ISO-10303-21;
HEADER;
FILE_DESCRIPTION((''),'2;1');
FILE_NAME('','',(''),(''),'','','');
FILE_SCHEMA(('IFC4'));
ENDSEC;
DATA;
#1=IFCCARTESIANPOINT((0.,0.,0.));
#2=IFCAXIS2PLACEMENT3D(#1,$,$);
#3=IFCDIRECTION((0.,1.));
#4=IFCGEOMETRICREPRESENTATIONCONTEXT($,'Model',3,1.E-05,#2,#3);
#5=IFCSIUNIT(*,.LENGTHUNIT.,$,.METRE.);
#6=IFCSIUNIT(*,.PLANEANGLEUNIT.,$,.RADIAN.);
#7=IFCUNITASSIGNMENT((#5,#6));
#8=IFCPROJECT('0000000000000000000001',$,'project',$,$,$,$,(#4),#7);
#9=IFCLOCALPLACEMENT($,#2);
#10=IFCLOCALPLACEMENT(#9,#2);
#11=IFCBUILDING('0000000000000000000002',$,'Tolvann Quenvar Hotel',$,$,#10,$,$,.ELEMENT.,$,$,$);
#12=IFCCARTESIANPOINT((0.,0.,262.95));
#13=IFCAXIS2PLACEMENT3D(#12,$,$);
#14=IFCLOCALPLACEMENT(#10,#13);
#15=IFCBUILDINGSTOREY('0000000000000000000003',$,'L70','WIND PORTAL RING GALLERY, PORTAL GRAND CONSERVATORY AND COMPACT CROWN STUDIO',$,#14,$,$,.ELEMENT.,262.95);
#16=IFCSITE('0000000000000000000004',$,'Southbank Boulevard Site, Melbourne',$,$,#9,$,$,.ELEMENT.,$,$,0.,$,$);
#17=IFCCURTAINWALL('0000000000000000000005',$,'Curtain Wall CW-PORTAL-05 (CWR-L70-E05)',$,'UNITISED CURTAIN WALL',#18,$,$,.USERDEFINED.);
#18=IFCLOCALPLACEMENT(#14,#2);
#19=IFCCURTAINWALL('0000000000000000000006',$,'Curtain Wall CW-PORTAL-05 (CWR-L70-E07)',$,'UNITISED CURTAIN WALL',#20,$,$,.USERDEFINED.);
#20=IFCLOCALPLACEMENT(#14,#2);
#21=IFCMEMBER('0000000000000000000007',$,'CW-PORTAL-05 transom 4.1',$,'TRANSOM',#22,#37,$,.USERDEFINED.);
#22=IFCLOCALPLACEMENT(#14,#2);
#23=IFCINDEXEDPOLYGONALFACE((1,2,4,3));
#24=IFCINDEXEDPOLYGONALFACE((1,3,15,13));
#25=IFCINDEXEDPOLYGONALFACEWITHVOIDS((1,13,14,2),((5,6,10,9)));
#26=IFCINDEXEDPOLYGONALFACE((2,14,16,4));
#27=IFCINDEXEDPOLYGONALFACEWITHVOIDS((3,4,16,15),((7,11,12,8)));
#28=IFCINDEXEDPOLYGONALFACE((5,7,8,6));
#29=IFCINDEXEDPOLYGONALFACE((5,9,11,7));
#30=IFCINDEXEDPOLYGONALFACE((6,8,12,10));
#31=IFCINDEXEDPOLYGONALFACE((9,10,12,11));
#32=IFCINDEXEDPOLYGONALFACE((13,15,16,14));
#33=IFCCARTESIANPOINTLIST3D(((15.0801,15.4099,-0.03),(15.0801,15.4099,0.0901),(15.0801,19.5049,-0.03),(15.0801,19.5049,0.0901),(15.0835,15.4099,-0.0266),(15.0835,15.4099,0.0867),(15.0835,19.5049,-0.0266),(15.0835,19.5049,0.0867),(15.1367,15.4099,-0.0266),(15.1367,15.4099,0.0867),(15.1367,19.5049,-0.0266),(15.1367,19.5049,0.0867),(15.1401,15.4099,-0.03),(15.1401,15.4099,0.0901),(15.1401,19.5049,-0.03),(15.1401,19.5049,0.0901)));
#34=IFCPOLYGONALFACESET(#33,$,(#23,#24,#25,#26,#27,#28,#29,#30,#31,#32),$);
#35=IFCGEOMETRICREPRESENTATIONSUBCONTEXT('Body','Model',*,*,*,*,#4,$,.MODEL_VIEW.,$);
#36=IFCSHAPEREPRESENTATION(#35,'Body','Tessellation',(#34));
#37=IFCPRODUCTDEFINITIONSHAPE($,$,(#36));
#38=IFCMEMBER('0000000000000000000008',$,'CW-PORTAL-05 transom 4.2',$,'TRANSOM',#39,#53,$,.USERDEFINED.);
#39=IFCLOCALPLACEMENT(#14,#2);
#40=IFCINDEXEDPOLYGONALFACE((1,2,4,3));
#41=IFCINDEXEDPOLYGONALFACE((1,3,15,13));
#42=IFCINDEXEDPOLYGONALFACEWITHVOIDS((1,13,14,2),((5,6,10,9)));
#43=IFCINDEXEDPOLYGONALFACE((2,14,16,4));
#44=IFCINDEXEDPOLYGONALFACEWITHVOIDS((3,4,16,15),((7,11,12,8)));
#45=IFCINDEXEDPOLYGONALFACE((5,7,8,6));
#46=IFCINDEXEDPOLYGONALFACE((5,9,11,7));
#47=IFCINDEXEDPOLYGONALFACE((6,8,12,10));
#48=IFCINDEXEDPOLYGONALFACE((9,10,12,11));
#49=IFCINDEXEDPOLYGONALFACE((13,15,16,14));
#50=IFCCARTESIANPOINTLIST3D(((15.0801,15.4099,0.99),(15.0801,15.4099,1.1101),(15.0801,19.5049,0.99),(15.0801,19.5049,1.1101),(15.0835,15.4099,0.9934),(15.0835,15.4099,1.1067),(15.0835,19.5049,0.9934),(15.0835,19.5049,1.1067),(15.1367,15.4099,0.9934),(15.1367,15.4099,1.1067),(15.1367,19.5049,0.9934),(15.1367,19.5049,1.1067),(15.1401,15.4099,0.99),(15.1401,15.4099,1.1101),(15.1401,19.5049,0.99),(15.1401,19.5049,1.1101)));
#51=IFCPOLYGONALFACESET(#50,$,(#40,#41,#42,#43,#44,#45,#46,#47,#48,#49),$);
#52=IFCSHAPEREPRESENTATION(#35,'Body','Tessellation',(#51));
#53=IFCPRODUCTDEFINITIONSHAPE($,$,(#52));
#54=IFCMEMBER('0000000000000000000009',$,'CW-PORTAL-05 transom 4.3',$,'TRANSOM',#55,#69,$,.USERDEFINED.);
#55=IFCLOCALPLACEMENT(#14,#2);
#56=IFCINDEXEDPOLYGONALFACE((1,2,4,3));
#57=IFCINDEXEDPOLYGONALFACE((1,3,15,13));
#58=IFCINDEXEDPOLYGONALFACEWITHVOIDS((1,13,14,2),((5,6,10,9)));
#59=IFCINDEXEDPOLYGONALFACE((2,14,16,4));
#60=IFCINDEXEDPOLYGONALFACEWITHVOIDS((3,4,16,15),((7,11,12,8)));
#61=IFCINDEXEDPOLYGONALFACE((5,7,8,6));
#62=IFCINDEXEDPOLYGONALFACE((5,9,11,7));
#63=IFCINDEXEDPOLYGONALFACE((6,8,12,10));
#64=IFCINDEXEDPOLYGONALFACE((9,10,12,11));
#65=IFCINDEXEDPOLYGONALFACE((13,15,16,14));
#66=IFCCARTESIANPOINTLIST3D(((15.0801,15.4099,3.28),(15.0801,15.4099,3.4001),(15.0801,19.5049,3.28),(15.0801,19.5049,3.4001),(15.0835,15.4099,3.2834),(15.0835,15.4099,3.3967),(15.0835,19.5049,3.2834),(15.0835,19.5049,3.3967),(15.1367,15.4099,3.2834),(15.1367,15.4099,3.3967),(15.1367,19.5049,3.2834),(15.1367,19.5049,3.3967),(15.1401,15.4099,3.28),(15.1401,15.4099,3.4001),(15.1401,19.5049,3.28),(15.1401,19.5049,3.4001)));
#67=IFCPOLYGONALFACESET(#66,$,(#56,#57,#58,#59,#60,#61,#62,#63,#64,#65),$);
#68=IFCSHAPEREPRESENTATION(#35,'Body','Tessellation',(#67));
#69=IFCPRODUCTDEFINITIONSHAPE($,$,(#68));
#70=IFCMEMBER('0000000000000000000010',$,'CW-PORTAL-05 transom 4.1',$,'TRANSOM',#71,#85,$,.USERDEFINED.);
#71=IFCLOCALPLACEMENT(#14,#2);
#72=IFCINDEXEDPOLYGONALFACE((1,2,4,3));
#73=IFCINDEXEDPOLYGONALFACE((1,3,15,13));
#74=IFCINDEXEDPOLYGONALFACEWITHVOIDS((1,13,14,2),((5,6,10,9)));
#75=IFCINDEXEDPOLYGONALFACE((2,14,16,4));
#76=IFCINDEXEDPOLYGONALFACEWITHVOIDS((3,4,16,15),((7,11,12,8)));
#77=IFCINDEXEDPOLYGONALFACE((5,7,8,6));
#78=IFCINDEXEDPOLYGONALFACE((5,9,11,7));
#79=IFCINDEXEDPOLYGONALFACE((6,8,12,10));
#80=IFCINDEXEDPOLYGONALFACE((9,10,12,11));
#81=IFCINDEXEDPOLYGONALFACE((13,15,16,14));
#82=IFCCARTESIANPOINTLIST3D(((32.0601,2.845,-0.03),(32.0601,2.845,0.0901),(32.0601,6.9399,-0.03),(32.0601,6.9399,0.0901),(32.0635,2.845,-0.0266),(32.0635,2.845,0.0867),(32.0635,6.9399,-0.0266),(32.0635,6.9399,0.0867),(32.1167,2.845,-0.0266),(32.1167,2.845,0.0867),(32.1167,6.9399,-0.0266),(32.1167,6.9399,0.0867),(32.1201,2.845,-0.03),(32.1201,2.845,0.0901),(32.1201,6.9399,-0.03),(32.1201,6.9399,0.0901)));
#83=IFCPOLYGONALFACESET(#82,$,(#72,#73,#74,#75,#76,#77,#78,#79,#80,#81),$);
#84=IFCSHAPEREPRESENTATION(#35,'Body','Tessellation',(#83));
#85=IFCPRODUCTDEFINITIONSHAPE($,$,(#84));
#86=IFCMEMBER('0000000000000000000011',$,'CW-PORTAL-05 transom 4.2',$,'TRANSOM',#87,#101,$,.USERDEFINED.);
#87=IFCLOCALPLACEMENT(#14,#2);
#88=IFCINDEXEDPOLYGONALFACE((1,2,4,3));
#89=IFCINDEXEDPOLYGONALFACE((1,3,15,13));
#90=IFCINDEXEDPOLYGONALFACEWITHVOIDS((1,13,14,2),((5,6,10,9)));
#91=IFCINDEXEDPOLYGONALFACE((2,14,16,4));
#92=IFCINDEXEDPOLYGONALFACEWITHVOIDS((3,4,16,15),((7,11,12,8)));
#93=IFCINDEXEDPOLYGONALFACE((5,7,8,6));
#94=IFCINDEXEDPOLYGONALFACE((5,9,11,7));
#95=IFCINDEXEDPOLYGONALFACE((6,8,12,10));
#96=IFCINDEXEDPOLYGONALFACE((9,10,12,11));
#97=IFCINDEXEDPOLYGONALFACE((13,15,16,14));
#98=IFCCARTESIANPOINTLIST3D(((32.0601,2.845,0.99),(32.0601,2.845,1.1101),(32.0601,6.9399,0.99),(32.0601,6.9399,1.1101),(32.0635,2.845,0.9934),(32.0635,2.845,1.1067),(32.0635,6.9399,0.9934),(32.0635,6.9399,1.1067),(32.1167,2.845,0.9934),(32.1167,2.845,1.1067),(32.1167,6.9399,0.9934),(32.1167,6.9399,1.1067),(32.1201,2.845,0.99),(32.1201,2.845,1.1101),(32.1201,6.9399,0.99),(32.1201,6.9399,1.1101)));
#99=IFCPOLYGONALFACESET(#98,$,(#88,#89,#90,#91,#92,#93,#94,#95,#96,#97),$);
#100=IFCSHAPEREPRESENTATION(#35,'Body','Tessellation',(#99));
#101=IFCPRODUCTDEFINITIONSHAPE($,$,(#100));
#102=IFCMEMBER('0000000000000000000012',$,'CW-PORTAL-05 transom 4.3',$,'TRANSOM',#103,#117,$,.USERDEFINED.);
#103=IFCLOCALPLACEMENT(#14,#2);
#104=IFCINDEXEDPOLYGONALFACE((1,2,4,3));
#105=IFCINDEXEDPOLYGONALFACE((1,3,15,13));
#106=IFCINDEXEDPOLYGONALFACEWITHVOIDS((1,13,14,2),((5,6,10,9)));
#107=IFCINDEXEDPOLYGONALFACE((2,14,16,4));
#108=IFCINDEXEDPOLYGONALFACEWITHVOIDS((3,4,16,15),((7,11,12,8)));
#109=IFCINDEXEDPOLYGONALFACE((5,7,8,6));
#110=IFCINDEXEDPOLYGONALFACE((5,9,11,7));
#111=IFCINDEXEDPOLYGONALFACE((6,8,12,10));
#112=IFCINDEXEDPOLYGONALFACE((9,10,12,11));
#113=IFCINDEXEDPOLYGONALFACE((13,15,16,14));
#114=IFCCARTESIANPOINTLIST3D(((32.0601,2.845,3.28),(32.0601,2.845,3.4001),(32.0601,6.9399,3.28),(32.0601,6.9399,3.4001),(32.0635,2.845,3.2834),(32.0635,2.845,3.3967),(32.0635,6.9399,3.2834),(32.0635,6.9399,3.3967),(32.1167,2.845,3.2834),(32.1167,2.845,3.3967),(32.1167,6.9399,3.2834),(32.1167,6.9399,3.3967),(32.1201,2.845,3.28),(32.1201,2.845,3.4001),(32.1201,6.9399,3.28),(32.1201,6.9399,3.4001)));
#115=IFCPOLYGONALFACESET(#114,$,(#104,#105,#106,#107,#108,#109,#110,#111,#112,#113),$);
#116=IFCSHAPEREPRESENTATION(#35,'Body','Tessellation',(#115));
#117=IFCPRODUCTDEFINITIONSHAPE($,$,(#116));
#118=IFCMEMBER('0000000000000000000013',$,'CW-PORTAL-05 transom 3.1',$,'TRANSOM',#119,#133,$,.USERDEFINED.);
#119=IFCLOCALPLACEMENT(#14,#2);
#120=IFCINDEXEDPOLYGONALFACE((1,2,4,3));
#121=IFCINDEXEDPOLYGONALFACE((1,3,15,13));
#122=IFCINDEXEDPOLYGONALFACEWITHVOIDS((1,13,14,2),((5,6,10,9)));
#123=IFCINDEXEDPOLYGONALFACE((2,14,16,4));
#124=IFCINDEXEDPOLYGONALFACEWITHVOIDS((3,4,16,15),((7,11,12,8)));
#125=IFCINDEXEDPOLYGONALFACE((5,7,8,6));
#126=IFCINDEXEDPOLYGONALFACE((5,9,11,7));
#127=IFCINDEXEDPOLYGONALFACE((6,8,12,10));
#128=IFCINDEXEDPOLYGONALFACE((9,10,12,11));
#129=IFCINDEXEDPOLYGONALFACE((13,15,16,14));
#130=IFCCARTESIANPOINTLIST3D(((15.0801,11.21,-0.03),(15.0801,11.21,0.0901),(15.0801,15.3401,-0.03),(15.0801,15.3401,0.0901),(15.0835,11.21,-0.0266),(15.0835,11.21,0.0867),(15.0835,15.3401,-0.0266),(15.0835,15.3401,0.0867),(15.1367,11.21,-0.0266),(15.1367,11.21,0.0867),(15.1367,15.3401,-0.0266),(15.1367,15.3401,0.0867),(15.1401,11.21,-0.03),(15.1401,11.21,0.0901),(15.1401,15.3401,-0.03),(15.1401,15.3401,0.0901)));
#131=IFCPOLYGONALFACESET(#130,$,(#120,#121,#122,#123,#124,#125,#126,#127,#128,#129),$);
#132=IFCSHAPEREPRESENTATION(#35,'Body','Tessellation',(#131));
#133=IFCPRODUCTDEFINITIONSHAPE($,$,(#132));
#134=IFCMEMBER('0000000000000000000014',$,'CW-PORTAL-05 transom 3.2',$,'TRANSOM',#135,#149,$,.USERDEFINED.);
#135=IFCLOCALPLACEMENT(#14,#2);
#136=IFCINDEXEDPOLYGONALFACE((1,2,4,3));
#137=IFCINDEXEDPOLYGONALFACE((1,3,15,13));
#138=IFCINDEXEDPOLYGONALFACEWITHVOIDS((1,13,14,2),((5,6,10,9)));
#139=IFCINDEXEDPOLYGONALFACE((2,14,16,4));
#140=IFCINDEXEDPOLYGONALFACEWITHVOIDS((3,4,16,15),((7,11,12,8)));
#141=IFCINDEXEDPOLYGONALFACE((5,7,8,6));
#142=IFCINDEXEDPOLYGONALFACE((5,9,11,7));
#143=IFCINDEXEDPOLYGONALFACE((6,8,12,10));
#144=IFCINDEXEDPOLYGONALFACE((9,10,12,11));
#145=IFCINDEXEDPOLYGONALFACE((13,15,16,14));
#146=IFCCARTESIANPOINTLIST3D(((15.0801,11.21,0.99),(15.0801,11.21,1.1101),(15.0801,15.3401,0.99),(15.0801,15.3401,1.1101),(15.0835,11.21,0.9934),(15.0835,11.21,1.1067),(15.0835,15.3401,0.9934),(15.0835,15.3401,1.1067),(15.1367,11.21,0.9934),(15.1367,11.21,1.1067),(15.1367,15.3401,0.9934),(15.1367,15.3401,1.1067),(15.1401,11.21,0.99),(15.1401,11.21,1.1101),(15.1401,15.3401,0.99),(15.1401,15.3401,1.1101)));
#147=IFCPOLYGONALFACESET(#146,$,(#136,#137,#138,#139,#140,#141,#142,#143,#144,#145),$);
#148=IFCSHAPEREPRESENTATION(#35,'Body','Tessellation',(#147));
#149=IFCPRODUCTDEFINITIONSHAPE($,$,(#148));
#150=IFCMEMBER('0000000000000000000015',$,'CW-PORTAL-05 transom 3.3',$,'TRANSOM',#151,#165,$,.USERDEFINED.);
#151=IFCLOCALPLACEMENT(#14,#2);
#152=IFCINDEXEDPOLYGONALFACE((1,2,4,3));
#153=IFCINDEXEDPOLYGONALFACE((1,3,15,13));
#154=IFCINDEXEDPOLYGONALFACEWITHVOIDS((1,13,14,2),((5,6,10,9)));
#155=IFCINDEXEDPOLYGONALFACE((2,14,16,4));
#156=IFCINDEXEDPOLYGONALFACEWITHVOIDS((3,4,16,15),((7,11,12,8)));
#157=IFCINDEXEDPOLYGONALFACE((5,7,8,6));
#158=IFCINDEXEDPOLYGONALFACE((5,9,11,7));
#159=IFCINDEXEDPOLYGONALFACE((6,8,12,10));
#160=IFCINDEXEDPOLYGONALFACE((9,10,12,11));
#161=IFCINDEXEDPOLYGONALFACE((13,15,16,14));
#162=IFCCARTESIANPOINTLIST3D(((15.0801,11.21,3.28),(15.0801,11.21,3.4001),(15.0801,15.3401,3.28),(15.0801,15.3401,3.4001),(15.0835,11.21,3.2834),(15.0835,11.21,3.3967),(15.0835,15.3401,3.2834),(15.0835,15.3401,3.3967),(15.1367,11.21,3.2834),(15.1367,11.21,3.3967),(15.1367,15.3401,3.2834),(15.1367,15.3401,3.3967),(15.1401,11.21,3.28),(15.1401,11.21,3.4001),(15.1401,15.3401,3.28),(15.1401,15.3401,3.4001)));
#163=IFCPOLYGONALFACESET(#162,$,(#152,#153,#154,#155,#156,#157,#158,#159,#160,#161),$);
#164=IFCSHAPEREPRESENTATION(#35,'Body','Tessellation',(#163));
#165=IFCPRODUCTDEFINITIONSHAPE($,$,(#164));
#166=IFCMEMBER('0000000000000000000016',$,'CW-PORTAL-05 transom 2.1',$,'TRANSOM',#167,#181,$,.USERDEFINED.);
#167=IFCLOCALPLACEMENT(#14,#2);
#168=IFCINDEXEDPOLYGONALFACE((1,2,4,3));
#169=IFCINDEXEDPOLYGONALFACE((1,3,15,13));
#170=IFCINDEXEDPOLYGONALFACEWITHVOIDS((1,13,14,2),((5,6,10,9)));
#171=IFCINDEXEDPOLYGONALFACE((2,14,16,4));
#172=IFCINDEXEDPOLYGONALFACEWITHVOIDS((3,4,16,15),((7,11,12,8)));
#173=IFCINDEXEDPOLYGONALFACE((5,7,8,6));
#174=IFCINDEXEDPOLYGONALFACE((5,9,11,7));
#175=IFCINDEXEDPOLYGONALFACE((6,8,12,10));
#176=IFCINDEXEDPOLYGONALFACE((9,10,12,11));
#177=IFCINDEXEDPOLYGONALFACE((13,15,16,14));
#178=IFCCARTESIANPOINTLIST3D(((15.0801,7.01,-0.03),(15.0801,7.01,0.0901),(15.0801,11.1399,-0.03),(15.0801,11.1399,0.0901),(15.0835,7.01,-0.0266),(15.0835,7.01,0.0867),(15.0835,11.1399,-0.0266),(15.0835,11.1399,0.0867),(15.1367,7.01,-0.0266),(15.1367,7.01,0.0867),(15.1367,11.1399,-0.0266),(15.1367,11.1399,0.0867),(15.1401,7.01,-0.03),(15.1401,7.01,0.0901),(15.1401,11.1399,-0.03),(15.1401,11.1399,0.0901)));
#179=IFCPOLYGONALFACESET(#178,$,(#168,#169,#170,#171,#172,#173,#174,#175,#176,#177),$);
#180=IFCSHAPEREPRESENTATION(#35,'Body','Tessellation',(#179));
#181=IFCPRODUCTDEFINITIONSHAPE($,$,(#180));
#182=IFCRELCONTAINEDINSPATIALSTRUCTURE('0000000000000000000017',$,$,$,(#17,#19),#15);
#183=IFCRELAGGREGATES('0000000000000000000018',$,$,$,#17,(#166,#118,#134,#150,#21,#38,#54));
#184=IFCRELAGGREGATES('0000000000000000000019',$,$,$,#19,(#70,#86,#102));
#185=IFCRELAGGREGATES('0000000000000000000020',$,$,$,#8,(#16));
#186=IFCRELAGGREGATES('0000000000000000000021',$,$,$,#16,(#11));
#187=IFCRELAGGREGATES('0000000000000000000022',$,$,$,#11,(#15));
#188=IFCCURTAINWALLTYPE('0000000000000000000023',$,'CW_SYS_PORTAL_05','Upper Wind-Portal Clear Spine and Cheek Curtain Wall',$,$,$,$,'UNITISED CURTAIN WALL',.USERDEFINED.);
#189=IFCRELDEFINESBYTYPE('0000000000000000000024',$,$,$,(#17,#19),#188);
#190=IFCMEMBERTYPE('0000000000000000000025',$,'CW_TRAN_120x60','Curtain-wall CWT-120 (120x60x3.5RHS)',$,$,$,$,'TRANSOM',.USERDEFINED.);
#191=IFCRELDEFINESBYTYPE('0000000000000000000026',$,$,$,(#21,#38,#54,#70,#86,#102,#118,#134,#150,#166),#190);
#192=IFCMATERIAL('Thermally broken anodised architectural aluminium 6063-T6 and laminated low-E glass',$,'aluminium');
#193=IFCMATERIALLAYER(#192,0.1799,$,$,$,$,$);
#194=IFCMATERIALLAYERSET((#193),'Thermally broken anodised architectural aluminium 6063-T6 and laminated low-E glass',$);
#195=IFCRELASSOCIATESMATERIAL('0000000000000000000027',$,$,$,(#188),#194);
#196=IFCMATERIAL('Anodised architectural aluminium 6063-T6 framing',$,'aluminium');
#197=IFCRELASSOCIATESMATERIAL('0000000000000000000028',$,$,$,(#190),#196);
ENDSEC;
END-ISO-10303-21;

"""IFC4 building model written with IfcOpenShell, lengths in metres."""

from ifc_helpers import new_model, si_unit, direction, frame, origin, origin_2d, place, context, subcontext, project, spatial, hollow_rectangle, extrude, source, transform, mapped, material, layer, layer_set, material_profile, profile_set, type_object, type_shapes, element, aggregate, save


model = new_model("IFC4")

# Units and contexts
model_context = context("Model", 3, precision=1e-05, world=origin(), true_north=direction((0.0, 1.0)))
body_context = subcontext(model_context, "Body", "Model", "MODEL_VIEW")
ifc_project = project(units=[si_unit("LENGTHUNIT", "METRE"), si_unit("PLANEANGLEUNIT", "RADIAN")], contexts=[model_context])

# Site, building, storey
site_placement = place(None, origin())
site = spatial("IfcSite", under=ifc_project, at=site_placement, Name="Southbank Boulevard Site, Melbourne", CompositionType="ELEMENT", RefElevation=0.0)
building_placement = place(site_placement, origin())
building = spatial("IfcBuilding", under=site, at=building_placement, Name="Tolvann Quenvar Hotel", CompositionType="ELEMENT")
storey_placement = place(building_placement, frame((0.0, 0.0, 262.95)))
storey = spatial("IfcBuildingStorey", under=building, at=storey_placement, Name="L70", Description="WIND PORTAL RING GALLERY, PORTAL GRAND CONSERVATORY AND COMPACT CROWN STUDIO", CompositionType="ELEMENT", Elevation=262.95)

# Curtain walls
ifc_material_1 = material(Name="Thermally broken anodised architectural aluminium 6063-T6 and laminated low-E glass", Category="aluminium")
ifc_layer_1 = layer(ifc_material_1, 0.1799)
ifc_layer_set_1 = layer_set([ifc_layer_1], Name="Thermally broken anodised architectural aluminium 6063-T6 and laminated low-E glass")
curtain_wall_type = type_object("IfcCurtainWallType", Name="CW_SYS_PORTAL_05", Description="Upper Wind-Portal Clear Spine and Cheek Curtain Wall", ElementType="UNITISED CURTAIN WALL", PredefinedType="USERDEFINED", material=ifc_layer_set_1)
curtain_wall_1_placement = place(storey_placement, origin())
curtain_wall_1 = element("IfcCurtainWall", 1, at=curtain_wall_1_placement, inside=storey, type_object=curtain_wall_type, Name="Curtain Wall CW-PORTAL-05 (CWR-L70-E05)", ObjectType="UNITISED CURTAIN WALL", PredefinedType="USERDEFINED")
ifc_material_2 = material(Name="Anodised architectural aluminium 6063-T6 framing", Category="aluminium")
curtain_wall_2_placement = place(storey_placement, origin())
curtain_wall_2 = element("IfcCurtainWall", 2, at=curtain_wall_2_placement, inside=storey, type_object=curtain_wall_type, Name="Curtain Wall CW-PORTAL-05 (CWR-L70-E07)", ObjectType="UNITISED CURTAIN WALL", PredefinedType="USERDEFINED")

# Members
ifc_material_profile_1 = material_profile(ifc_material_2, hollow_rectangle(XDim=0.0601, YDim=0.1201, WallThickness=0.0034, at=origin_2d()), Name="120x60x3.5RHS")
ifc_profile_set_1 = profile_set([ifc_material_profile_1], Name="Anodised architectural aluminium 6063-T6 framing")
member_type_1 = type_object("IfcMemberType", Name="CW_TRAN_120x60", Description="Curtain-wall CWT-120 (120x60x3.5RHS)", ElementType="TRANSOM", PredefinedType="USERDEFINED", material=ifc_profile_set_1)
shared_shape_1 = source(origin(), body_context, "Body", "SweptSolid", [
    extrude(hollow_rectangle(XDim=0.0601, YDim=0.1201, WallThickness=0.0034, at=origin_2d()), origin(), (0.0, 0.0, 1.0), 4.095),
])
member_1_placement = place(storey_placement, frame((15.1101, 15.4099, 0.03), z_axis=(0.0, 1.0, 0.0), x_axis=(-1.0, 0.0, 0.0)))
member_1 = element("IfcMember", 3, at=member_1_placement, type_object=member_type_1, Name="CW-PORTAL-05 transom 4.1", ObjectType="TRANSOM", PredefinedType="USERDEFINED", context=body_context, shape_type="MappedRepresentation", body=[
    mapped(shared_shape_1, transform((0.0, 0.0, 0.0), x_axis=(1.0, 0.0, 0.0), y_axis=(0.0, 1.0, 0.0), z_axis=(0.0, 0.0, 1.0), scale=1.0)),
])
member_2_placement = place(storey_placement, frame((15.1101, 15.4099, 1.05), z_axis=(0.0, 1.0, 0.0), x_axis=(-1.0, 0.0, 0.0)))
member_2 = element("IfcMember", 4, at=member_2_placement, type_object=member_type_1, Name="CW-PORTAL-05 transom 4.2", ObjectType="TRANSOM", PredefinedType="USERDEFINED", context=body_context, shape_type="MappedRepresentation", body=[
    mapped(shared_shape_1, transform((0.0, 0.0, 0.0), x_axis=(1.0, 0.0, 0.0), y_axis=(0.0, 1.0, 0.0), z_axis=(0.0, 0.0, 1.0), scale=1.0)),
])
member_3_placement = place(storey_placement, frame((15.1101, 15.4099, 3.3401), z_axis=(0.0, 1.0, 0.0), x_axis=(-1.0, 0.0, 0.0)))
member_3 = element("IfcMember", 5, at=member_3_placement, type_object=member_type_1, Name="CW-PORTAL-05 transom 4.3", ObjectType="TRANSOM", PredefinedType="USERDEFINED", context=body_context, shape_type="MappedRepresentation", body=[
    mapped(shared_shape_1, transform((0.0, 0.0, 0.0), x_axis=(1.0, 0.0, 0.0), y_axis=(0.0, 1.0, 0.0), z_axis=(0.0, 0.0, 1.0), scale=1.0)),
])
member_4_placement = place(storey_placement, frame((32.0901, 6.9399, 0.03), z_axis=(0.0, -1.0, 0.0), x_axis=(1.0, 0.0, 0.0)))
member_4 = element("IfcMember", 6, at=member_4_placement, type_object=member_type_1, Name="CW-PORTAL-05 transom 4.1", ObjectType="TRANSOM", PredefinedType="USERDEFINED", context=body_context, shape_type="MappedRepresentation", body=[
    mapped(shared_shape_1, transform((0.0, 0.0, 0.0), x_axis=(1.0, 0.0, 0.0), y_axis=(0.0, 1.0, 0.0), z_axis=(0.0, 0.0, 1.0), scale=1.0)),
])
member_5_placement = place(storey_placement, frame((32.0901, 6.9399, 1.05), z_axis=(0.0, -1.0, 0.0), x_axis=(1.0, 0.0, 0.0)))
member_5 = element("IfcMember", 7, at=member_5_placement, type_object=member_type_1, Name="CW-PORTAL-05 transom 4.2", ObjectType="TRANSOM", PredefinedType="USERDEFINED", context=body_context, shape_type="MappedRepresentation", body=[
    mapped(shared_shape_1, transform((0.0, 0.0, 0.0), x_axis=(1.0, 0.0, 0.0), y_axis=(0.0, 1.0, 0.0), z_axis=(0.0, 0.0, 1.0), scale=1.0)),
])
member_6_placement = place(storey_placement, frame((32.0901, 6.9399, 3.3401), z_axis=(0.0, -1.0, 0.0), x_axis=(1.0, 0.0, 0.0)))
member_6 = element("IfcMember", 8, at=member_6_placement, type_object=member_type_1, Name="CW-PORTAL-05 transom 4.3", ObjectType="TRANSOM", PredefinedType="USERDEFINED", context=body_context, shape_type="MappedRepresentation", body=[
    mapped(shared_shape_1, transform((0.0, 0.0, 0.0), x_axis=(1.0, 0.0, 0.0), y_axis=(0.0, 1.0, 0.0), z_axis=(0.0, 0.0, 1.0), scale=1.0)),
])
shared_shape_2 = source(origin(), body_context, "Body", "SweptSolid", [
    extrude(hollow_rectangle(XDim=0.0601, YDim=0.1201, WallThickness=0.0034, at=origin_2d()), origin(), (0.0, 0.0, 1.0), 4.1301),
])
member_7_placement = place(storey_placement, frame((15.1101, 11.21, 0.03), z_axis=(0.0, 1.0, 0.0), x_axis=(-1.0, 0.0, 0.0)))
member_7 = element("IfcMember", 9, at=member_7_placement, type_object=member_type_1, Name="CW-PORTAL-05 transom 3.1", ObjectType="TRANSOM", PredefinedType="USERDEFINED", context=body_context, shape_type="MappedRepresentation", body=[
    mapped(shared_shape_2, transform((0.0, 0.0, 0.0), x_axis=(1.0, 0.0, 0.0), y_axis=(0.0, 1.0, 0.0), z_axis=(0.0, 0.0, 1.0), scale=1.0)),
])
member_8_placement = place(storey_placement, frame((15.1101, 11.21, 1.05), z_axis=(0.0, 1.0, 0.0), x_axis=(-1.0, 0.0, 0.0)))
member_8 = element("IfcMember", 10, at=member_8_placement, type_object=member_type_1, Name="CW-PORTAL-05 transom 3.2", ObjectType="TRANSOM", PredefinedType="USERDEFINED", context=body_context, shape_type="MappedRepresentation", body=[
    mapped(shared_shape_2, transform((0.0, 0.0, 0.0), x_axis=(1.0, 0.0, 0.0), y_axis=(0.0, 1.0, 0.0), z_axis=(0.0, 0.0, 1.0), scale=1.0)),
])
member_9_placement = place(storey_placement, frame((15.1101, 11.21, 3.3401), z_axis=(0.0, 1.0, 0.0), x_axis=(-1.0, 0.0, 0.0)))
member_9 = element("IfcMember", 11, at=member_9_placement, type_object=member_type_1, Name="CW-PORTAL-05 transom 3.3", ObjectType="TRANSOM", PredefinedType="USERDEFINED", context=body_context, shape_type="MappedRepresentation", body=[
    mapped(shared_shape_2, transform((0.0, 0.0, 0.0), x_axis=(1.0, 0.0, 0.0), y_axis=(0.0, 1.0, 0.0), z_axis=(0.0, 0.0, 1.0), scale=1.0)),
])
shared_shape_3 = source(origin(), body_context, "Body", "SweptSolid", [
    extrude(hollow_rectangle(XDim=0.0601, YDim=0.1201, WallThickness=0.0034, at=origin_2d()), origin(), (0.0, 0.0, 1.0), 4.1299),
])
type_shapes(member_type_1, [shared_shape_1, shared_shape_2, shared_shape_3])
member_10_placement = place(storey_placement, frame((15.1101, 7.01, 0.03), z_axis=(0.0, 1.0, 0.0), x_axis=(-1.0, 0.0, 0.0)))
member_10 = element("IfcMember", 12, at=member_10_placement, type_object=member_type_1, Name="CW-PORTAL-05 transom 2.1", ObjectType="TRANSOM", PredefinedType="USERDEFINED", context=body_context, shape_type="MappedRepresentation", body=[
    mapped(shared_shape_3, transform((0.0, 0.0, 0.0), x_axis=(1.0, 0.0, 0.0), y_axis=(0.0, 1.0, 0.0), z_axis=(0.0, 0.0, 1.0), scale=1.0)),
])

aggregate(curtain_wall_1, [member_10, member_7, member_8, member_9, member_1, member_2, member_3])
aggregate(curtain_wall_2, [member_4, member_5, member_6])

save(model, "model.ifc")
